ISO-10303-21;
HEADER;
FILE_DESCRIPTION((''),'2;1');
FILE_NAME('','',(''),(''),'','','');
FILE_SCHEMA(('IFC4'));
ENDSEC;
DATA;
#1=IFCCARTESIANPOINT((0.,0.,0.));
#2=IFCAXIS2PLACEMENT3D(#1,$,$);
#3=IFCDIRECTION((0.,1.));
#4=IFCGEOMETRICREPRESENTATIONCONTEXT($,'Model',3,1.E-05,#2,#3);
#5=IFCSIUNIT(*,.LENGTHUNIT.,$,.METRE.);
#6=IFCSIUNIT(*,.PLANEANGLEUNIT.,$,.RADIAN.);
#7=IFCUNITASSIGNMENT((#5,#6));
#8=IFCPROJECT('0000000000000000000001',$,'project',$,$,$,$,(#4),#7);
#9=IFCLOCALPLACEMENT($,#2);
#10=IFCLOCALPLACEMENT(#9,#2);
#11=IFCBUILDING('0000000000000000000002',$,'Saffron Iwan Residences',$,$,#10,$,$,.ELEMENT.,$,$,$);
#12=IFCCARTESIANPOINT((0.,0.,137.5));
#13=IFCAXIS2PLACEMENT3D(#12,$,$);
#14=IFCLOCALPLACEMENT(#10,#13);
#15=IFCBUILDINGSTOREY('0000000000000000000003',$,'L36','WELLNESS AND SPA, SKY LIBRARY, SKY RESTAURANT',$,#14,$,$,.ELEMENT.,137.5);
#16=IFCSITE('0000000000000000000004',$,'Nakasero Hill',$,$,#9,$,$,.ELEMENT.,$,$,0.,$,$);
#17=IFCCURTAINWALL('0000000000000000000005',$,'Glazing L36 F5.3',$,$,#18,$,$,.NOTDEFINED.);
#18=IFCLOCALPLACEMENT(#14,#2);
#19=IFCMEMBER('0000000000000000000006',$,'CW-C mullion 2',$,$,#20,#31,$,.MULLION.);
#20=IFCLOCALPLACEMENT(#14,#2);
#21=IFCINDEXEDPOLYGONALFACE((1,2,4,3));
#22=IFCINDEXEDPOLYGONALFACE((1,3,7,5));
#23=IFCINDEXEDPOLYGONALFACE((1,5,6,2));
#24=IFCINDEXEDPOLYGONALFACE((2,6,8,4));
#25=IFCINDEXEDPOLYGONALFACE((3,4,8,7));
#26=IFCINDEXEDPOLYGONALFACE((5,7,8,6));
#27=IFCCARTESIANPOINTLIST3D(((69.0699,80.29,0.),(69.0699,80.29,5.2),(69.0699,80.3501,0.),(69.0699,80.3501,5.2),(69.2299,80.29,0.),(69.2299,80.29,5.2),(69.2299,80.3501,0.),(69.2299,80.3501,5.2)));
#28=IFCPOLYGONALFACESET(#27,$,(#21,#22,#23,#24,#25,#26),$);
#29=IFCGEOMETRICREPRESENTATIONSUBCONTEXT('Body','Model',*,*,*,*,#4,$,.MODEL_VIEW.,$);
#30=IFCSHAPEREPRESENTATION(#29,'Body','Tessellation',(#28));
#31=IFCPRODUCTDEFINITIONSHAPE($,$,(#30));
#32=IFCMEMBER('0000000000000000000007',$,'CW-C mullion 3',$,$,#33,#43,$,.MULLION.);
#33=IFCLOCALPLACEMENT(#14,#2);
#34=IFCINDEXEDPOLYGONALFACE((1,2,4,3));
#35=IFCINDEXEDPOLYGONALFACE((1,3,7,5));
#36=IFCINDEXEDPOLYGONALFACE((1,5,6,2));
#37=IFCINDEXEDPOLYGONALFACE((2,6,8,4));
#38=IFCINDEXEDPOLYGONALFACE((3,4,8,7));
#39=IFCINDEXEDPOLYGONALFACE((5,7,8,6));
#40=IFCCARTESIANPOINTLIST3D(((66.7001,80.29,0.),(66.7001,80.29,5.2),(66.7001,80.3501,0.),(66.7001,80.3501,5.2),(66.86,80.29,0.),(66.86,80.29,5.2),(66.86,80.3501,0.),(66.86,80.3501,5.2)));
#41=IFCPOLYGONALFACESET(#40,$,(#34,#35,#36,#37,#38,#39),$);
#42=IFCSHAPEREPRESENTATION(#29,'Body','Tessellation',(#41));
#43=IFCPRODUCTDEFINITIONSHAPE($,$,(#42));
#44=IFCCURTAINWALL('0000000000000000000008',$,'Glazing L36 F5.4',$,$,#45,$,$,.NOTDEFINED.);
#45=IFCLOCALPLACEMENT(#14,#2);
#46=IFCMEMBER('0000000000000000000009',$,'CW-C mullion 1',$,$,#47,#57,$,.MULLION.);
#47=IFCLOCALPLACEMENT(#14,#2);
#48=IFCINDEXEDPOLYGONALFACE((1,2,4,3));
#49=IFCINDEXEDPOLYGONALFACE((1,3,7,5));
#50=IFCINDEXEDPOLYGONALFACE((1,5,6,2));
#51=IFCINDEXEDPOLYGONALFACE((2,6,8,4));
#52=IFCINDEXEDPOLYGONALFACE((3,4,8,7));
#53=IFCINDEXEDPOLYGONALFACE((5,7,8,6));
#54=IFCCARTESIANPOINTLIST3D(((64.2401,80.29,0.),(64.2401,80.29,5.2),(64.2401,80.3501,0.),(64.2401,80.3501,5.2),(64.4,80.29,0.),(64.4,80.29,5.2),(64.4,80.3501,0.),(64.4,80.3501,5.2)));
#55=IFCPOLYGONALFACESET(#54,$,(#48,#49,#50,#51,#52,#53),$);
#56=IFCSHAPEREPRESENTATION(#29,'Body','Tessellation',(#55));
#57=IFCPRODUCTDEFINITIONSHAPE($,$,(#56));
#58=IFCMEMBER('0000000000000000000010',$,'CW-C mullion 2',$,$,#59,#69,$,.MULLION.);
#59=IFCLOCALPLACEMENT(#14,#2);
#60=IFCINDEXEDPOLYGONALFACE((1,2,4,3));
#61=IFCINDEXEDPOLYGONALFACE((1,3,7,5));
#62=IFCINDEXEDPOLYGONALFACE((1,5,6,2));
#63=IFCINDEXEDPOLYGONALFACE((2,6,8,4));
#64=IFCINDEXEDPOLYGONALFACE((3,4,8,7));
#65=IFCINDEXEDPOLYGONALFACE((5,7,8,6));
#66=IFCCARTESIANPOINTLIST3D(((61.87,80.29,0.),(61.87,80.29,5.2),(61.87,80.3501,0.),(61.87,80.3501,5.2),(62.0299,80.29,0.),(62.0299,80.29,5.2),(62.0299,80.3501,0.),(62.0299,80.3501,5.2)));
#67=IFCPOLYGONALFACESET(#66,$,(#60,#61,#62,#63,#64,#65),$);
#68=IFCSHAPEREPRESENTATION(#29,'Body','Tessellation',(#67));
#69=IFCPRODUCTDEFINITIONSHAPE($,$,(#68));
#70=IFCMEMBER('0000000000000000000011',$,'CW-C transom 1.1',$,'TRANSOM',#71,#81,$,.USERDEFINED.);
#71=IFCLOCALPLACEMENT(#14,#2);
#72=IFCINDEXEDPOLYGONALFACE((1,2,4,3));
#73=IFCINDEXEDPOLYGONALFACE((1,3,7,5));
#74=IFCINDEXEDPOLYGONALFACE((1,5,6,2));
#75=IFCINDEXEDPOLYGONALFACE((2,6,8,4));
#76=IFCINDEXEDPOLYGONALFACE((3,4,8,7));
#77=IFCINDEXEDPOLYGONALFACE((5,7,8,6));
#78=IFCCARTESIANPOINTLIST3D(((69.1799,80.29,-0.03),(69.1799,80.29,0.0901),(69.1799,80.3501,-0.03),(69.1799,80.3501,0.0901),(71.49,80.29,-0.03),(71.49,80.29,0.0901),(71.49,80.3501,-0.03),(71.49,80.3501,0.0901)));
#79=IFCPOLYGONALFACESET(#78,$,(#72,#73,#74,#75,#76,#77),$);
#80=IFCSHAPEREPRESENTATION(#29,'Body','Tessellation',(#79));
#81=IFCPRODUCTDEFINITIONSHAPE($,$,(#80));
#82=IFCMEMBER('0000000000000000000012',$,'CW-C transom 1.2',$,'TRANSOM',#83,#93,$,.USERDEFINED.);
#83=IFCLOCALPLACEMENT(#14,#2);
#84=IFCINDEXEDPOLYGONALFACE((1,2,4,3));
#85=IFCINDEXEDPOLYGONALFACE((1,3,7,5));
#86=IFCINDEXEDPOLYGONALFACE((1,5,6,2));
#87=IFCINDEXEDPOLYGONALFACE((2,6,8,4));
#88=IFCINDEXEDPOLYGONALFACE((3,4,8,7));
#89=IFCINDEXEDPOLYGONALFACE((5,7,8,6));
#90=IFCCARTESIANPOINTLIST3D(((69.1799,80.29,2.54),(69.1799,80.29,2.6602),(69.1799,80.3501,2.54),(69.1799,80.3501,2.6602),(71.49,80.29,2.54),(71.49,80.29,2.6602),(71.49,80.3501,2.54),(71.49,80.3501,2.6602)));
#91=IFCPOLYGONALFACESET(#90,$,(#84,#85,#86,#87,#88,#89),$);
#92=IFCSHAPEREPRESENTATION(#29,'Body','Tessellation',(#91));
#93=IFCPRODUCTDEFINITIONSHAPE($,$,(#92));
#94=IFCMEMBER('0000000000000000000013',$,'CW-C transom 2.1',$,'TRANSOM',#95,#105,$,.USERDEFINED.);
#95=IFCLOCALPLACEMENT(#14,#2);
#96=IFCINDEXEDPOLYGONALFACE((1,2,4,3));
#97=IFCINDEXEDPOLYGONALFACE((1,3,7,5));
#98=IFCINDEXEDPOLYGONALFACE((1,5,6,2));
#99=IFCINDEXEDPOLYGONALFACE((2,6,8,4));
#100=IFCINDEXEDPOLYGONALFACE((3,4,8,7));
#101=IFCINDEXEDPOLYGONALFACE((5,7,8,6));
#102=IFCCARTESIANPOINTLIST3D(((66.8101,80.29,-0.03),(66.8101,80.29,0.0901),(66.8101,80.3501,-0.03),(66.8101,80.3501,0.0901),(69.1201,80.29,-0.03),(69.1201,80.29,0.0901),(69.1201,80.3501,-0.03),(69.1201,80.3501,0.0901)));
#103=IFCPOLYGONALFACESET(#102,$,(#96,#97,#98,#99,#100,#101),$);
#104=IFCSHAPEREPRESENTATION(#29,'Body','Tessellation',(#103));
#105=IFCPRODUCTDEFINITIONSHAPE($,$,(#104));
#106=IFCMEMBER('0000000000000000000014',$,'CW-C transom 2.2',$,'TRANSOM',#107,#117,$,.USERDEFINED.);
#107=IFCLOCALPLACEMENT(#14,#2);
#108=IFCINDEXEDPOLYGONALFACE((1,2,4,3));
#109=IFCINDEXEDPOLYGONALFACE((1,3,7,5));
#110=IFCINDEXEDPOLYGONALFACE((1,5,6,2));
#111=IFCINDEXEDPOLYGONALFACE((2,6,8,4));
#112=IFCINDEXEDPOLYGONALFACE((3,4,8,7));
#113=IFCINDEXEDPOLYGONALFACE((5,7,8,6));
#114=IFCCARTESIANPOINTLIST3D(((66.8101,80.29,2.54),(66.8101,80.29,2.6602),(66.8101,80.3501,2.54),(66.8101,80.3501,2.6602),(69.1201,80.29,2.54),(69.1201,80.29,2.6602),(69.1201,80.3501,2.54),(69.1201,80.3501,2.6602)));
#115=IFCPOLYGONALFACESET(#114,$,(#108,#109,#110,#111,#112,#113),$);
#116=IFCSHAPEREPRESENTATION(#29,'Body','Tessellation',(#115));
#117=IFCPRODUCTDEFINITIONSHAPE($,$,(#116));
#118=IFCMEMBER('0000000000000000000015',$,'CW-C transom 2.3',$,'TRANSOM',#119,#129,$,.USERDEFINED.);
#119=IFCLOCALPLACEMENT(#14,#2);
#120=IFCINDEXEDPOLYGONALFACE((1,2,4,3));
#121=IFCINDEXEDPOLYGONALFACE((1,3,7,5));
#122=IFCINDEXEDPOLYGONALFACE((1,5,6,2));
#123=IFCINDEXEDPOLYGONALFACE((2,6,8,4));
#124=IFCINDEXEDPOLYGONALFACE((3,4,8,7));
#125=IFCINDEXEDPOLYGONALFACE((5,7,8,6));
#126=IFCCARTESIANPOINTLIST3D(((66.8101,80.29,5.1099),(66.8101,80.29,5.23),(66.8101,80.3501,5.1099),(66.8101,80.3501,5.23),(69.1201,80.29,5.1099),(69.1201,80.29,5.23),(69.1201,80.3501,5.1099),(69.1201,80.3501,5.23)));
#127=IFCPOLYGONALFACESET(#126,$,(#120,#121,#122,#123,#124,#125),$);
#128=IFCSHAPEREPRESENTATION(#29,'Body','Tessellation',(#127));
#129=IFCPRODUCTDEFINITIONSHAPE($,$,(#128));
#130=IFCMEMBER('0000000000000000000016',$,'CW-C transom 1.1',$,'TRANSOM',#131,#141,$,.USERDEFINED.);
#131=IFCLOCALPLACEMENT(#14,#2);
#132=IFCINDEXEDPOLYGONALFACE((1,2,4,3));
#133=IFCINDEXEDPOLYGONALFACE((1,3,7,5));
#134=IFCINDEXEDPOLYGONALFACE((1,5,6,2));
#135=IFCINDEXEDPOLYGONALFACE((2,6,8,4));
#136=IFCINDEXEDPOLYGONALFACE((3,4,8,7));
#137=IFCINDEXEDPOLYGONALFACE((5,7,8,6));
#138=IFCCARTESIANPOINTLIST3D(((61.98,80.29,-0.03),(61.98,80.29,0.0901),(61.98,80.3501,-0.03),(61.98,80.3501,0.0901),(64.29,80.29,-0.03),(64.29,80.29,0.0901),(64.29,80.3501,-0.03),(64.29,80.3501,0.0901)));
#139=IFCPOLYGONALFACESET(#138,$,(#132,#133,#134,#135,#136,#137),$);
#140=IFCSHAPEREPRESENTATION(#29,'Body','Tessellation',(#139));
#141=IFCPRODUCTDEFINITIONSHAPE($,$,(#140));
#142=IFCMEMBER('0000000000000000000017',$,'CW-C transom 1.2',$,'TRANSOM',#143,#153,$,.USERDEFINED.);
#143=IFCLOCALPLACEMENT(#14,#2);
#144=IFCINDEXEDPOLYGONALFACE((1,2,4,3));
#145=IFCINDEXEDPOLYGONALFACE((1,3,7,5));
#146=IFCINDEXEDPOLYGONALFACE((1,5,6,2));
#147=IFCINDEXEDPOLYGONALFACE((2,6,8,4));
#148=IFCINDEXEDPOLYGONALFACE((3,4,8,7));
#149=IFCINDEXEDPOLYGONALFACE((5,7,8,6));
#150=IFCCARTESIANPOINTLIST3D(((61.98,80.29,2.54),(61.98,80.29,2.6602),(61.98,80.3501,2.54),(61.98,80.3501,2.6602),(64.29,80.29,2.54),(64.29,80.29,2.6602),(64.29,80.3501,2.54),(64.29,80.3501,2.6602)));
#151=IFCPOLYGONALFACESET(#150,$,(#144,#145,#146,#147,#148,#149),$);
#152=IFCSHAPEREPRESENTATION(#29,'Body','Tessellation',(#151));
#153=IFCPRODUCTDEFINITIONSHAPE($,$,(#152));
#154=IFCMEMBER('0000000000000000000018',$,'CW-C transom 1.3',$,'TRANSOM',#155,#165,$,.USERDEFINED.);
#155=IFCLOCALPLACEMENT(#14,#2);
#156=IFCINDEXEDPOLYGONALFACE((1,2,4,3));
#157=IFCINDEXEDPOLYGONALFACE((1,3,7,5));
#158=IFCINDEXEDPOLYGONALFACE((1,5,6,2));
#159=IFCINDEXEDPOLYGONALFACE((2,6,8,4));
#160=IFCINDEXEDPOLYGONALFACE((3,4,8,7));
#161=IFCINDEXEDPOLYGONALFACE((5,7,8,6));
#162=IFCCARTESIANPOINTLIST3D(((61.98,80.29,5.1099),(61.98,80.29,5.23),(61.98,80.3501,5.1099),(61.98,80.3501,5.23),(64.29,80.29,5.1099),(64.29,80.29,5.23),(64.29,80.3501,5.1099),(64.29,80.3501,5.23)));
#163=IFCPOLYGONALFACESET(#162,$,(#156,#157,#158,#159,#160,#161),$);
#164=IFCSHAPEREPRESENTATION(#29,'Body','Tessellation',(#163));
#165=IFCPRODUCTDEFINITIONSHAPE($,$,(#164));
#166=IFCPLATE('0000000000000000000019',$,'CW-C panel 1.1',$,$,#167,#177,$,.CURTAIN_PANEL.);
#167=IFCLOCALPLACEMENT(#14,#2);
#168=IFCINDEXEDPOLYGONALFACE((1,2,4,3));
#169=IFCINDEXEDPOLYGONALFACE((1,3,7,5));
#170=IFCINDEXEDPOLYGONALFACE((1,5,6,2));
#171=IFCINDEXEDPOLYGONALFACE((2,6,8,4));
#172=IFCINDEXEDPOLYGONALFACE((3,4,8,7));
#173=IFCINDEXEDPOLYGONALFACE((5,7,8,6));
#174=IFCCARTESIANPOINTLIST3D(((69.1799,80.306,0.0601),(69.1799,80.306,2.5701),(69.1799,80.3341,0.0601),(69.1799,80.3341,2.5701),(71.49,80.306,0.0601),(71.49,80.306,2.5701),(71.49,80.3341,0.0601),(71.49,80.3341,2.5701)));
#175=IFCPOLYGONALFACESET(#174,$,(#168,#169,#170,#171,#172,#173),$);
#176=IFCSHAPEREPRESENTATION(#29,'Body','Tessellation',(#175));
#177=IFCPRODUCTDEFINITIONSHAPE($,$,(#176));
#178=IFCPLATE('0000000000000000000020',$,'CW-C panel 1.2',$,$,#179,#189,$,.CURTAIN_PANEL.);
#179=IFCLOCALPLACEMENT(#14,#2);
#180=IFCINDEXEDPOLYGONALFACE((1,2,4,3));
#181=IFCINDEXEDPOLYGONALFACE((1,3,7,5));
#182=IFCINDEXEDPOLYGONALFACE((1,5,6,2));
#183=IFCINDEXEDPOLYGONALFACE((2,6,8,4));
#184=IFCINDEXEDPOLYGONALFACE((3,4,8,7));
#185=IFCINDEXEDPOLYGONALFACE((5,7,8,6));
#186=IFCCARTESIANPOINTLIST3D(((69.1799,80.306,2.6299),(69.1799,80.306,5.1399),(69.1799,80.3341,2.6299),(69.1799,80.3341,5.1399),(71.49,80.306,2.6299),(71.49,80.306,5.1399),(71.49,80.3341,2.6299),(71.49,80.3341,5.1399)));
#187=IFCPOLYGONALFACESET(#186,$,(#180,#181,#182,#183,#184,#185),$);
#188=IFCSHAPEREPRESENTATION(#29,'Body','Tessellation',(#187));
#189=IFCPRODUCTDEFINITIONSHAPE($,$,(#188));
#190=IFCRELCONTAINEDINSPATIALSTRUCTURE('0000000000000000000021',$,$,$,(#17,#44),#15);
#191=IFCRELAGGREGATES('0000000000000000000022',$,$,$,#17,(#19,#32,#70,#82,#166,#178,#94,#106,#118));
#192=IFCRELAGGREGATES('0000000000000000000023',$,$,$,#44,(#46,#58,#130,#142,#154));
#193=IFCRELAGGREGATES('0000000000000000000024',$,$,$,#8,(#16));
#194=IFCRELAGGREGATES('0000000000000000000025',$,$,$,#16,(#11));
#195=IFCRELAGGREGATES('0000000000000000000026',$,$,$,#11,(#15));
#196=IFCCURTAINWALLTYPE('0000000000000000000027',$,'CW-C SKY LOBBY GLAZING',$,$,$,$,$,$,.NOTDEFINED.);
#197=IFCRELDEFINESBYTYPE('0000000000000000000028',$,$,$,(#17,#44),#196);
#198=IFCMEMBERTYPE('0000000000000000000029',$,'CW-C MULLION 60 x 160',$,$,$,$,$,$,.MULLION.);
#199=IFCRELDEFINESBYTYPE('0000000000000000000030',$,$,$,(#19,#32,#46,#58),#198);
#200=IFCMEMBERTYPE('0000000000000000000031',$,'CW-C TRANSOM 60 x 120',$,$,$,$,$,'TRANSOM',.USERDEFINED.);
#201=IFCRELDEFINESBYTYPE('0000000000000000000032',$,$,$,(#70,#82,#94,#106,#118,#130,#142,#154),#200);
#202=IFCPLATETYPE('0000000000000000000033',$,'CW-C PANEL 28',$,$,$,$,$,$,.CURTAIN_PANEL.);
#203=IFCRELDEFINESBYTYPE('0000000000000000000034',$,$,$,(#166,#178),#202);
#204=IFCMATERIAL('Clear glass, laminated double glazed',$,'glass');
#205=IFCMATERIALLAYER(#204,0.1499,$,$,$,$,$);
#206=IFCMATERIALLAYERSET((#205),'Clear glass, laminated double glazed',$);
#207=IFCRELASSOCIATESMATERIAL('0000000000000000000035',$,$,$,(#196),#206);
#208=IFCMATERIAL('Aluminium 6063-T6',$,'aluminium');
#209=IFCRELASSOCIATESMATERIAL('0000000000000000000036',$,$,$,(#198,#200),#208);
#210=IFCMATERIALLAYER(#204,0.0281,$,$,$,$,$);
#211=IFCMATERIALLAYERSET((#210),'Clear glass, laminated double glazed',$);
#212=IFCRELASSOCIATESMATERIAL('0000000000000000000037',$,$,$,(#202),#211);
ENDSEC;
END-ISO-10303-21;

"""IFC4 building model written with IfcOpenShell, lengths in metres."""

from ifc_helpers import new_model, si_unit, direction, frame, origin, origin_2d, place, context, subcontext, project, spatial, rectangle, extrude, source, transform, mapped, material, layer, layer_set, material_profile, profile_set, type_object, element, aggregate, save


model = new_model("IFC4")

# Units and contexts
model_context = context("Model", 3, precision=1e-05, world=origin(), true_north=direction((0.0, 1.0)))
body_context = subcontext(model_context, "Body", "Model", "MODEL_VIEW")
ifc_project = project(units=[si_unit("LENGTHUNIT", "METRE"), si_unit("PLANEANGLEUNIT", "RADIAN")], contexts=[model_context])

# Site, building, storey
site_placement = place(None, origin())
site = spatial("IfcSite", under=ifc_project, at=site_placement, Name="Nakasero Hill", CompositionType="ELEMENT", RefElevation=0.0)
building_placement = place(site_placement, origin())
building = spatial("IfcBuilding", under=site, at=building_placement, Name="Saffron Iwan Residences", CompositionType="ELEMENT")
storey_placement = place(building_placement, frame((0.0, 0.0, 137.5)))
storey = spatial("IfcBuildingStorey", under=building, at=storey_placement, Name="L36", Description="WELLNESS AND SPA, SKY LIBRARY, SKY RESTAURANT", CompositionType="ELEMENT", Elevation=137.5)

# Curtain walls, members
ifc_material_1 = material(Name="Clear glass, laminated double glazed", Category="glass")
ifc_layer_1 = layer(ifc_material_1, 0.1499)
ifc_layer_set_1 = layer_set([ifc_layer_1], Name="Clear glass, laminated double glazed")
curtain_wall_type = type_object("IfcCurtainWallType", Name="CW-C SKY LOBBY GLAZING", PredefinedType="NOTDEFINED", material=ifc_layer_set_1)
curtain_wall_1_placement = place(storey_placement, origin())
curtain_wall_1 = element("IfcCurtainWall", 1, at=curtain_wall_1_placement, inside=storey, type_object=curtain_wall_type, Name="Glazing L36 F5.3", PredefinedType="NOTDEFINED")
ifc_material_2 = material(Name="Aluminium 6063-T6", Category="aluminium")
ifc_material_profile_1 = material_profile(ifc_material_2, rectangle(XDim=0.0601, YDim=0.1599, at=origin_2d()), Name="CW-C MULLION 60 x 160")
ifc_profile_set_1 = profile_set([ifc_material_profile_1], Name="Aluminium 6063-T6")
member_type_1 = type_object("IfcMemberType", Name="CW-C MULLION 60 x 160", PredefinedType="MULLION", material=ifc_profile_set_1)
shared_shape_1 = source(origin(), body_context, "Body", "SweptSolid", [
    extrude(rectangle(XDim=0.0601, YDim=0.1599, at=origin_2d()), origin(), (0.0, 0.0, 1.0), 5.2),
])
member_1_placement = place(storey_placement, frame((69.1499, 80.3201, 0.0), z_axis=(0.0, 0.0, 1.0), x_axis=(0.0, -1.0, 0.0)))
member_1 = element("IfcMember", 2, at=member_1_placement, type_object=member_type_1, Name="CW-C mullion 2", PredefinedType="MULLION", context=body_context, shape_type="MappedRepresentation", body=[
    mapped(shared_shape_1, transform((0.0, 0.0, 0.0))),
])
member_2_placement = place(storey_placement, frame((66.78, 80.3201, 0.0), z_axis=(0.0, 0.0, 1.0), x_axis=(0.0, -1.0, 0.0)))
member_2 = element("IfcMember", 3, at=member_2_placement, type_object=member_type_1, Name="CW-C mullion 3", PredefinedType="MULLION", context=body_context, shape_type="MappedRepresentation", body=[
    mapped(shared_shape_1, transform((0.0, 0.0, 0.0))),
])
curtain_wall_2_placement = place(storey_placement, origin())
curtain_wall_2 = element("IfcCurtainWall", 4, at=curtain_wall_2_placement, inside=storey, type_object=curtain_wall_type, Name="Glazing L36 F5.4", PredefinedType="NOTDEFINED")
member_3_placement = place(storey_placement, frame((64.3201, 80.3201, 0.0), z_axis=(0.0, 0.0, 1.0), x_axis=(0.0, -1.0, 0.0)))
member_3 = element("IfcMember", 5, at=member_3_placement, type_object=member_type_1, Name="CW-C mullion 1", PredefinedType="MULLION", context=body_context, shape_type="MappedRepresentation", body=[
    mapped(shared_shape_1, transform((0.0, 0.0, 0.0))),
])
member_4_placement = place(storey_placement, frame((61.95, 80.3201, 0.0), z_axis=(0.0, 0.0, 1.0), x_axis=(0.0, -1.0, 0.0)))
member_4 = element("IfcMember", 6, at=member_4_placement, type_object=member_type_1, Name="CW-C mullion 2", PredefinedType="MULLION", context=body_context, shape_type="MappedRepresentation", body=[
    mapped(shared_shape_1, transform((0.0, 0.0, 0.0))),
])

# Members
ifc_material_profile_2 = material_profile(ifc_material_2, rectangle(XDim=0.0601, YDim=0.1201, at=origin_2d()), Name="CW-C TRANSOM 60 x 120")
ifc_profile_set_2 = profile_set([ifc_material_profile_2], Name="Aluminium 6063-T6")
member_type_2 = type_object("IfcMemberType", Name="CW-C TRANSOM 60 x 120", ElementType="TRANSOM", PredefinedType="USERDEFINED", material=ifc_profile_set_2)
shared_shape_2 = source(origin(), body_context, "Body", "SweptSolid", [
    extrude(rectangle(XDim=0.0601, YDim=0.1201, at=origin_2d()), origin(), (0.0, 0.0, 1.0), 2.3101),
])
member_5_placement = place(storey_placement, frame((71.49, 80.3201, 0.03), z_axis=(-1.0, 0.0, 0.0), x_axis=(0.0, -1.0, 0.0)))
member_5 = element("IfcMember", 7, at=member_5_placement, type_object=member_type_2, Name="CW-C transom 1.1", ObjectType="TRANSOM", PredefinedType="USERDEFINED", context=body_context, shape_type="MappedRepresentation", body=[
    mapped(shared_shape_2, transform((0.0, 0.0, 0.0))),
])
member_6_placement = place(storey_placement, frame((71.49, 80.3201, 2.6001), z_axis=(-1.0, 0.0, 0.0), x_axis=(0.0, -1.0, 0.0)))
member_6 = element("IfcMember", 8, at=member_6_placement, type_object=member_type_2, Name="CW-C transom 1.2", ObjectType="TRANSOM", PredefinedType="USERDEFINED", context=body_context, shape_type="MappedRepresentation", body=[
    mapped(shared_shape_2, transform((0.0, 0.0, 0.0))),
])
member_7_placement = place(storey_placement, frame((69.1201, 80.3201, 0.03), z_axis=(-1.0, 0.0, 0.0), x_axis=(0.0, -1.0, 0.0)))
member_7 = element("IfcMember", 9, at=member_7_placement, type_object=member_type_2, Name="CW-C transom 2.1", ObjectType="TRANSOM", PredefinedType="USERDEFINED", context=body_context, shape_type="MappedRepresentation", body=[
    mapped(shared_shape_2, transform((0.0, 0.0, 0.0))),
])
member_8_placement = place(storey_placement, frame((69.1201, 80.3201, 2.6001), z_axis=(-1.0, 0.0, 0.0), x_axis=(0.0, -1.0, 0.0)))
member_8 = element("IfcMember", 10, at=member_8_placement, type_object=member_type_2, Name="CW-C transom 2.2", ObjectType="TRANSOM", PredefinedType="USERDEFINED", context=body_context, shape_type="MappedRepresentation", body=[
    mapped(shared_shape_2, transform((0.0, 0.0, 0.0))),
])
member_9_placement = place(storey_placement, frame((69.1201, 80.3201, 5.1699), z_axis=(-1.0, 0.0, 0.0), x_axis=(0.0, -1.0, 0.0)))
member_9 = element("IfcMember", 11, at=member_9_placement, type_object=member_type_2, Name="CW-C transom 2.3", ObjectType="TRANSOM", PredefinedType="USERDEFINED", context=body_context, shape_type="MappedRepresentation", body=[
    mapped(shared_shape_2, transform((0.0, 0.0, 0.0))),
])
member_10_placement = place(storey_placement, frame((64.29, 80.3201, 0.03), z_axis=(-1.0, 0.0, 0.0), x_axis=(0.0, -1.0, 0.0)))
member_10 = element("IfcMember", 12, at=member_10_placement, type_object=member_type_2, Name="CW-C transom 1.1", ObjectType="TRANSOM", PredefinedType="USERDEFINED", context=body_context, shape_type="MappedRepresentation", body=[
    mapped(shared_shape_2, transform((0.0, 0.0, 0.0))),
])
member_11_placement = place(storey_placement, frame((64.29, 80.3201, 2.6001), z_axis=(-1.0, 0.0, 0.0), x_axis=(0.0, -1.0, 0.0)))
member_11 = element("IfcMember", 13, at=member_11_placement, type_object=member_type_2, Name="CW-C transom 1.2", ObjectType="TRANSOM", PredefinedType="USERDEFINED", context=body_context, shape_type="MappedRepresentation", body=[
    mapped(shared_shape_2, transform((0.0, 0.0, 0.0))),
])
member_12_placement = place(storey_placement, frame((64.29, 80.3201, 5.1699), z_axis=(-1.0, 0.0, 0.0), x_axis=(0.0, -1.0, 0.0)))
member_12 = element("IfcMember", 14, at=member_12_placement, type_object=member_type_2, Name="CW-C transom 1.3", ObjectType="TRANSOM", PredefinedType="USERDEFINED", context=body_context, shape_type="MappedRepresentation", body=[
    mapped(shared_shape_2, transform((0.0, 0.0, 0.0))),
])

# Plates
ifc_layer_2 = layer(ifc_material_1, 0.0281)
ifc_layer_set_2 = layer_set([ifc_layer_2], Name="Clear glass, laminated double glazed")
plate_type = type_object("IfcPlateType", Name="CW-C PANEL 28", PredefinedType="CURTAIN_PANEL", material=ifc_layer_set_2)
shared_shape_3 = source(origin(), body_context, "Body", "SweptSolid", [
    extrude(rectangle(XDim=2.3101, YDim=0.0281, at=origin_2d()), origin(), (0.0, 0.0, 1.0), 2.51),
])
plate_1_placement = place(storey_placement, frame((70.335, 80.3201, 0.0601), z_axis=(0.0, 0.0, 1.0), x_axis=(-1.0, 0.0, 0.0)))
plate_1 = element("IfcPlate", 15, at=plate_1_placement, type_object=plate_type, Name="CW-C panel 1.1", PredefinedType="CURTAIN_PANEL", context=body_context, shape_type="MappedRepresentation", body=[
    mapped(shared_shape_3, transform((0.0, 0.0, 0.0))),
])
plate_2_placement = place(storey_placement, frame((70.335, 80.3201, 2.6299), z_axis=(0.0, 0.0, 1.0), x_axis=(-1.0, 0.0, 0.0)))
plate_2 = element("IfcPlate", 16, at=plate_2_placement, type_object=plate_type, Name="CW-C panel 1.2", PredefinedType="CURTAIN_PANEL", context=body_context, shape_type="MappedRepresentation", body=[
    mapped(shared_shape_3, transform((0.0, 0.0, 0.0))),
])
aggregate(curtain_wall_1, [member_1, member_2, member_5, member_6, plate_1, plate_2, member_7, member_8, member_9])
aggregate(curtain_wall_2, [member_3, member_4, member_10, member_11, member_12])

save(model, "model.ifc")
